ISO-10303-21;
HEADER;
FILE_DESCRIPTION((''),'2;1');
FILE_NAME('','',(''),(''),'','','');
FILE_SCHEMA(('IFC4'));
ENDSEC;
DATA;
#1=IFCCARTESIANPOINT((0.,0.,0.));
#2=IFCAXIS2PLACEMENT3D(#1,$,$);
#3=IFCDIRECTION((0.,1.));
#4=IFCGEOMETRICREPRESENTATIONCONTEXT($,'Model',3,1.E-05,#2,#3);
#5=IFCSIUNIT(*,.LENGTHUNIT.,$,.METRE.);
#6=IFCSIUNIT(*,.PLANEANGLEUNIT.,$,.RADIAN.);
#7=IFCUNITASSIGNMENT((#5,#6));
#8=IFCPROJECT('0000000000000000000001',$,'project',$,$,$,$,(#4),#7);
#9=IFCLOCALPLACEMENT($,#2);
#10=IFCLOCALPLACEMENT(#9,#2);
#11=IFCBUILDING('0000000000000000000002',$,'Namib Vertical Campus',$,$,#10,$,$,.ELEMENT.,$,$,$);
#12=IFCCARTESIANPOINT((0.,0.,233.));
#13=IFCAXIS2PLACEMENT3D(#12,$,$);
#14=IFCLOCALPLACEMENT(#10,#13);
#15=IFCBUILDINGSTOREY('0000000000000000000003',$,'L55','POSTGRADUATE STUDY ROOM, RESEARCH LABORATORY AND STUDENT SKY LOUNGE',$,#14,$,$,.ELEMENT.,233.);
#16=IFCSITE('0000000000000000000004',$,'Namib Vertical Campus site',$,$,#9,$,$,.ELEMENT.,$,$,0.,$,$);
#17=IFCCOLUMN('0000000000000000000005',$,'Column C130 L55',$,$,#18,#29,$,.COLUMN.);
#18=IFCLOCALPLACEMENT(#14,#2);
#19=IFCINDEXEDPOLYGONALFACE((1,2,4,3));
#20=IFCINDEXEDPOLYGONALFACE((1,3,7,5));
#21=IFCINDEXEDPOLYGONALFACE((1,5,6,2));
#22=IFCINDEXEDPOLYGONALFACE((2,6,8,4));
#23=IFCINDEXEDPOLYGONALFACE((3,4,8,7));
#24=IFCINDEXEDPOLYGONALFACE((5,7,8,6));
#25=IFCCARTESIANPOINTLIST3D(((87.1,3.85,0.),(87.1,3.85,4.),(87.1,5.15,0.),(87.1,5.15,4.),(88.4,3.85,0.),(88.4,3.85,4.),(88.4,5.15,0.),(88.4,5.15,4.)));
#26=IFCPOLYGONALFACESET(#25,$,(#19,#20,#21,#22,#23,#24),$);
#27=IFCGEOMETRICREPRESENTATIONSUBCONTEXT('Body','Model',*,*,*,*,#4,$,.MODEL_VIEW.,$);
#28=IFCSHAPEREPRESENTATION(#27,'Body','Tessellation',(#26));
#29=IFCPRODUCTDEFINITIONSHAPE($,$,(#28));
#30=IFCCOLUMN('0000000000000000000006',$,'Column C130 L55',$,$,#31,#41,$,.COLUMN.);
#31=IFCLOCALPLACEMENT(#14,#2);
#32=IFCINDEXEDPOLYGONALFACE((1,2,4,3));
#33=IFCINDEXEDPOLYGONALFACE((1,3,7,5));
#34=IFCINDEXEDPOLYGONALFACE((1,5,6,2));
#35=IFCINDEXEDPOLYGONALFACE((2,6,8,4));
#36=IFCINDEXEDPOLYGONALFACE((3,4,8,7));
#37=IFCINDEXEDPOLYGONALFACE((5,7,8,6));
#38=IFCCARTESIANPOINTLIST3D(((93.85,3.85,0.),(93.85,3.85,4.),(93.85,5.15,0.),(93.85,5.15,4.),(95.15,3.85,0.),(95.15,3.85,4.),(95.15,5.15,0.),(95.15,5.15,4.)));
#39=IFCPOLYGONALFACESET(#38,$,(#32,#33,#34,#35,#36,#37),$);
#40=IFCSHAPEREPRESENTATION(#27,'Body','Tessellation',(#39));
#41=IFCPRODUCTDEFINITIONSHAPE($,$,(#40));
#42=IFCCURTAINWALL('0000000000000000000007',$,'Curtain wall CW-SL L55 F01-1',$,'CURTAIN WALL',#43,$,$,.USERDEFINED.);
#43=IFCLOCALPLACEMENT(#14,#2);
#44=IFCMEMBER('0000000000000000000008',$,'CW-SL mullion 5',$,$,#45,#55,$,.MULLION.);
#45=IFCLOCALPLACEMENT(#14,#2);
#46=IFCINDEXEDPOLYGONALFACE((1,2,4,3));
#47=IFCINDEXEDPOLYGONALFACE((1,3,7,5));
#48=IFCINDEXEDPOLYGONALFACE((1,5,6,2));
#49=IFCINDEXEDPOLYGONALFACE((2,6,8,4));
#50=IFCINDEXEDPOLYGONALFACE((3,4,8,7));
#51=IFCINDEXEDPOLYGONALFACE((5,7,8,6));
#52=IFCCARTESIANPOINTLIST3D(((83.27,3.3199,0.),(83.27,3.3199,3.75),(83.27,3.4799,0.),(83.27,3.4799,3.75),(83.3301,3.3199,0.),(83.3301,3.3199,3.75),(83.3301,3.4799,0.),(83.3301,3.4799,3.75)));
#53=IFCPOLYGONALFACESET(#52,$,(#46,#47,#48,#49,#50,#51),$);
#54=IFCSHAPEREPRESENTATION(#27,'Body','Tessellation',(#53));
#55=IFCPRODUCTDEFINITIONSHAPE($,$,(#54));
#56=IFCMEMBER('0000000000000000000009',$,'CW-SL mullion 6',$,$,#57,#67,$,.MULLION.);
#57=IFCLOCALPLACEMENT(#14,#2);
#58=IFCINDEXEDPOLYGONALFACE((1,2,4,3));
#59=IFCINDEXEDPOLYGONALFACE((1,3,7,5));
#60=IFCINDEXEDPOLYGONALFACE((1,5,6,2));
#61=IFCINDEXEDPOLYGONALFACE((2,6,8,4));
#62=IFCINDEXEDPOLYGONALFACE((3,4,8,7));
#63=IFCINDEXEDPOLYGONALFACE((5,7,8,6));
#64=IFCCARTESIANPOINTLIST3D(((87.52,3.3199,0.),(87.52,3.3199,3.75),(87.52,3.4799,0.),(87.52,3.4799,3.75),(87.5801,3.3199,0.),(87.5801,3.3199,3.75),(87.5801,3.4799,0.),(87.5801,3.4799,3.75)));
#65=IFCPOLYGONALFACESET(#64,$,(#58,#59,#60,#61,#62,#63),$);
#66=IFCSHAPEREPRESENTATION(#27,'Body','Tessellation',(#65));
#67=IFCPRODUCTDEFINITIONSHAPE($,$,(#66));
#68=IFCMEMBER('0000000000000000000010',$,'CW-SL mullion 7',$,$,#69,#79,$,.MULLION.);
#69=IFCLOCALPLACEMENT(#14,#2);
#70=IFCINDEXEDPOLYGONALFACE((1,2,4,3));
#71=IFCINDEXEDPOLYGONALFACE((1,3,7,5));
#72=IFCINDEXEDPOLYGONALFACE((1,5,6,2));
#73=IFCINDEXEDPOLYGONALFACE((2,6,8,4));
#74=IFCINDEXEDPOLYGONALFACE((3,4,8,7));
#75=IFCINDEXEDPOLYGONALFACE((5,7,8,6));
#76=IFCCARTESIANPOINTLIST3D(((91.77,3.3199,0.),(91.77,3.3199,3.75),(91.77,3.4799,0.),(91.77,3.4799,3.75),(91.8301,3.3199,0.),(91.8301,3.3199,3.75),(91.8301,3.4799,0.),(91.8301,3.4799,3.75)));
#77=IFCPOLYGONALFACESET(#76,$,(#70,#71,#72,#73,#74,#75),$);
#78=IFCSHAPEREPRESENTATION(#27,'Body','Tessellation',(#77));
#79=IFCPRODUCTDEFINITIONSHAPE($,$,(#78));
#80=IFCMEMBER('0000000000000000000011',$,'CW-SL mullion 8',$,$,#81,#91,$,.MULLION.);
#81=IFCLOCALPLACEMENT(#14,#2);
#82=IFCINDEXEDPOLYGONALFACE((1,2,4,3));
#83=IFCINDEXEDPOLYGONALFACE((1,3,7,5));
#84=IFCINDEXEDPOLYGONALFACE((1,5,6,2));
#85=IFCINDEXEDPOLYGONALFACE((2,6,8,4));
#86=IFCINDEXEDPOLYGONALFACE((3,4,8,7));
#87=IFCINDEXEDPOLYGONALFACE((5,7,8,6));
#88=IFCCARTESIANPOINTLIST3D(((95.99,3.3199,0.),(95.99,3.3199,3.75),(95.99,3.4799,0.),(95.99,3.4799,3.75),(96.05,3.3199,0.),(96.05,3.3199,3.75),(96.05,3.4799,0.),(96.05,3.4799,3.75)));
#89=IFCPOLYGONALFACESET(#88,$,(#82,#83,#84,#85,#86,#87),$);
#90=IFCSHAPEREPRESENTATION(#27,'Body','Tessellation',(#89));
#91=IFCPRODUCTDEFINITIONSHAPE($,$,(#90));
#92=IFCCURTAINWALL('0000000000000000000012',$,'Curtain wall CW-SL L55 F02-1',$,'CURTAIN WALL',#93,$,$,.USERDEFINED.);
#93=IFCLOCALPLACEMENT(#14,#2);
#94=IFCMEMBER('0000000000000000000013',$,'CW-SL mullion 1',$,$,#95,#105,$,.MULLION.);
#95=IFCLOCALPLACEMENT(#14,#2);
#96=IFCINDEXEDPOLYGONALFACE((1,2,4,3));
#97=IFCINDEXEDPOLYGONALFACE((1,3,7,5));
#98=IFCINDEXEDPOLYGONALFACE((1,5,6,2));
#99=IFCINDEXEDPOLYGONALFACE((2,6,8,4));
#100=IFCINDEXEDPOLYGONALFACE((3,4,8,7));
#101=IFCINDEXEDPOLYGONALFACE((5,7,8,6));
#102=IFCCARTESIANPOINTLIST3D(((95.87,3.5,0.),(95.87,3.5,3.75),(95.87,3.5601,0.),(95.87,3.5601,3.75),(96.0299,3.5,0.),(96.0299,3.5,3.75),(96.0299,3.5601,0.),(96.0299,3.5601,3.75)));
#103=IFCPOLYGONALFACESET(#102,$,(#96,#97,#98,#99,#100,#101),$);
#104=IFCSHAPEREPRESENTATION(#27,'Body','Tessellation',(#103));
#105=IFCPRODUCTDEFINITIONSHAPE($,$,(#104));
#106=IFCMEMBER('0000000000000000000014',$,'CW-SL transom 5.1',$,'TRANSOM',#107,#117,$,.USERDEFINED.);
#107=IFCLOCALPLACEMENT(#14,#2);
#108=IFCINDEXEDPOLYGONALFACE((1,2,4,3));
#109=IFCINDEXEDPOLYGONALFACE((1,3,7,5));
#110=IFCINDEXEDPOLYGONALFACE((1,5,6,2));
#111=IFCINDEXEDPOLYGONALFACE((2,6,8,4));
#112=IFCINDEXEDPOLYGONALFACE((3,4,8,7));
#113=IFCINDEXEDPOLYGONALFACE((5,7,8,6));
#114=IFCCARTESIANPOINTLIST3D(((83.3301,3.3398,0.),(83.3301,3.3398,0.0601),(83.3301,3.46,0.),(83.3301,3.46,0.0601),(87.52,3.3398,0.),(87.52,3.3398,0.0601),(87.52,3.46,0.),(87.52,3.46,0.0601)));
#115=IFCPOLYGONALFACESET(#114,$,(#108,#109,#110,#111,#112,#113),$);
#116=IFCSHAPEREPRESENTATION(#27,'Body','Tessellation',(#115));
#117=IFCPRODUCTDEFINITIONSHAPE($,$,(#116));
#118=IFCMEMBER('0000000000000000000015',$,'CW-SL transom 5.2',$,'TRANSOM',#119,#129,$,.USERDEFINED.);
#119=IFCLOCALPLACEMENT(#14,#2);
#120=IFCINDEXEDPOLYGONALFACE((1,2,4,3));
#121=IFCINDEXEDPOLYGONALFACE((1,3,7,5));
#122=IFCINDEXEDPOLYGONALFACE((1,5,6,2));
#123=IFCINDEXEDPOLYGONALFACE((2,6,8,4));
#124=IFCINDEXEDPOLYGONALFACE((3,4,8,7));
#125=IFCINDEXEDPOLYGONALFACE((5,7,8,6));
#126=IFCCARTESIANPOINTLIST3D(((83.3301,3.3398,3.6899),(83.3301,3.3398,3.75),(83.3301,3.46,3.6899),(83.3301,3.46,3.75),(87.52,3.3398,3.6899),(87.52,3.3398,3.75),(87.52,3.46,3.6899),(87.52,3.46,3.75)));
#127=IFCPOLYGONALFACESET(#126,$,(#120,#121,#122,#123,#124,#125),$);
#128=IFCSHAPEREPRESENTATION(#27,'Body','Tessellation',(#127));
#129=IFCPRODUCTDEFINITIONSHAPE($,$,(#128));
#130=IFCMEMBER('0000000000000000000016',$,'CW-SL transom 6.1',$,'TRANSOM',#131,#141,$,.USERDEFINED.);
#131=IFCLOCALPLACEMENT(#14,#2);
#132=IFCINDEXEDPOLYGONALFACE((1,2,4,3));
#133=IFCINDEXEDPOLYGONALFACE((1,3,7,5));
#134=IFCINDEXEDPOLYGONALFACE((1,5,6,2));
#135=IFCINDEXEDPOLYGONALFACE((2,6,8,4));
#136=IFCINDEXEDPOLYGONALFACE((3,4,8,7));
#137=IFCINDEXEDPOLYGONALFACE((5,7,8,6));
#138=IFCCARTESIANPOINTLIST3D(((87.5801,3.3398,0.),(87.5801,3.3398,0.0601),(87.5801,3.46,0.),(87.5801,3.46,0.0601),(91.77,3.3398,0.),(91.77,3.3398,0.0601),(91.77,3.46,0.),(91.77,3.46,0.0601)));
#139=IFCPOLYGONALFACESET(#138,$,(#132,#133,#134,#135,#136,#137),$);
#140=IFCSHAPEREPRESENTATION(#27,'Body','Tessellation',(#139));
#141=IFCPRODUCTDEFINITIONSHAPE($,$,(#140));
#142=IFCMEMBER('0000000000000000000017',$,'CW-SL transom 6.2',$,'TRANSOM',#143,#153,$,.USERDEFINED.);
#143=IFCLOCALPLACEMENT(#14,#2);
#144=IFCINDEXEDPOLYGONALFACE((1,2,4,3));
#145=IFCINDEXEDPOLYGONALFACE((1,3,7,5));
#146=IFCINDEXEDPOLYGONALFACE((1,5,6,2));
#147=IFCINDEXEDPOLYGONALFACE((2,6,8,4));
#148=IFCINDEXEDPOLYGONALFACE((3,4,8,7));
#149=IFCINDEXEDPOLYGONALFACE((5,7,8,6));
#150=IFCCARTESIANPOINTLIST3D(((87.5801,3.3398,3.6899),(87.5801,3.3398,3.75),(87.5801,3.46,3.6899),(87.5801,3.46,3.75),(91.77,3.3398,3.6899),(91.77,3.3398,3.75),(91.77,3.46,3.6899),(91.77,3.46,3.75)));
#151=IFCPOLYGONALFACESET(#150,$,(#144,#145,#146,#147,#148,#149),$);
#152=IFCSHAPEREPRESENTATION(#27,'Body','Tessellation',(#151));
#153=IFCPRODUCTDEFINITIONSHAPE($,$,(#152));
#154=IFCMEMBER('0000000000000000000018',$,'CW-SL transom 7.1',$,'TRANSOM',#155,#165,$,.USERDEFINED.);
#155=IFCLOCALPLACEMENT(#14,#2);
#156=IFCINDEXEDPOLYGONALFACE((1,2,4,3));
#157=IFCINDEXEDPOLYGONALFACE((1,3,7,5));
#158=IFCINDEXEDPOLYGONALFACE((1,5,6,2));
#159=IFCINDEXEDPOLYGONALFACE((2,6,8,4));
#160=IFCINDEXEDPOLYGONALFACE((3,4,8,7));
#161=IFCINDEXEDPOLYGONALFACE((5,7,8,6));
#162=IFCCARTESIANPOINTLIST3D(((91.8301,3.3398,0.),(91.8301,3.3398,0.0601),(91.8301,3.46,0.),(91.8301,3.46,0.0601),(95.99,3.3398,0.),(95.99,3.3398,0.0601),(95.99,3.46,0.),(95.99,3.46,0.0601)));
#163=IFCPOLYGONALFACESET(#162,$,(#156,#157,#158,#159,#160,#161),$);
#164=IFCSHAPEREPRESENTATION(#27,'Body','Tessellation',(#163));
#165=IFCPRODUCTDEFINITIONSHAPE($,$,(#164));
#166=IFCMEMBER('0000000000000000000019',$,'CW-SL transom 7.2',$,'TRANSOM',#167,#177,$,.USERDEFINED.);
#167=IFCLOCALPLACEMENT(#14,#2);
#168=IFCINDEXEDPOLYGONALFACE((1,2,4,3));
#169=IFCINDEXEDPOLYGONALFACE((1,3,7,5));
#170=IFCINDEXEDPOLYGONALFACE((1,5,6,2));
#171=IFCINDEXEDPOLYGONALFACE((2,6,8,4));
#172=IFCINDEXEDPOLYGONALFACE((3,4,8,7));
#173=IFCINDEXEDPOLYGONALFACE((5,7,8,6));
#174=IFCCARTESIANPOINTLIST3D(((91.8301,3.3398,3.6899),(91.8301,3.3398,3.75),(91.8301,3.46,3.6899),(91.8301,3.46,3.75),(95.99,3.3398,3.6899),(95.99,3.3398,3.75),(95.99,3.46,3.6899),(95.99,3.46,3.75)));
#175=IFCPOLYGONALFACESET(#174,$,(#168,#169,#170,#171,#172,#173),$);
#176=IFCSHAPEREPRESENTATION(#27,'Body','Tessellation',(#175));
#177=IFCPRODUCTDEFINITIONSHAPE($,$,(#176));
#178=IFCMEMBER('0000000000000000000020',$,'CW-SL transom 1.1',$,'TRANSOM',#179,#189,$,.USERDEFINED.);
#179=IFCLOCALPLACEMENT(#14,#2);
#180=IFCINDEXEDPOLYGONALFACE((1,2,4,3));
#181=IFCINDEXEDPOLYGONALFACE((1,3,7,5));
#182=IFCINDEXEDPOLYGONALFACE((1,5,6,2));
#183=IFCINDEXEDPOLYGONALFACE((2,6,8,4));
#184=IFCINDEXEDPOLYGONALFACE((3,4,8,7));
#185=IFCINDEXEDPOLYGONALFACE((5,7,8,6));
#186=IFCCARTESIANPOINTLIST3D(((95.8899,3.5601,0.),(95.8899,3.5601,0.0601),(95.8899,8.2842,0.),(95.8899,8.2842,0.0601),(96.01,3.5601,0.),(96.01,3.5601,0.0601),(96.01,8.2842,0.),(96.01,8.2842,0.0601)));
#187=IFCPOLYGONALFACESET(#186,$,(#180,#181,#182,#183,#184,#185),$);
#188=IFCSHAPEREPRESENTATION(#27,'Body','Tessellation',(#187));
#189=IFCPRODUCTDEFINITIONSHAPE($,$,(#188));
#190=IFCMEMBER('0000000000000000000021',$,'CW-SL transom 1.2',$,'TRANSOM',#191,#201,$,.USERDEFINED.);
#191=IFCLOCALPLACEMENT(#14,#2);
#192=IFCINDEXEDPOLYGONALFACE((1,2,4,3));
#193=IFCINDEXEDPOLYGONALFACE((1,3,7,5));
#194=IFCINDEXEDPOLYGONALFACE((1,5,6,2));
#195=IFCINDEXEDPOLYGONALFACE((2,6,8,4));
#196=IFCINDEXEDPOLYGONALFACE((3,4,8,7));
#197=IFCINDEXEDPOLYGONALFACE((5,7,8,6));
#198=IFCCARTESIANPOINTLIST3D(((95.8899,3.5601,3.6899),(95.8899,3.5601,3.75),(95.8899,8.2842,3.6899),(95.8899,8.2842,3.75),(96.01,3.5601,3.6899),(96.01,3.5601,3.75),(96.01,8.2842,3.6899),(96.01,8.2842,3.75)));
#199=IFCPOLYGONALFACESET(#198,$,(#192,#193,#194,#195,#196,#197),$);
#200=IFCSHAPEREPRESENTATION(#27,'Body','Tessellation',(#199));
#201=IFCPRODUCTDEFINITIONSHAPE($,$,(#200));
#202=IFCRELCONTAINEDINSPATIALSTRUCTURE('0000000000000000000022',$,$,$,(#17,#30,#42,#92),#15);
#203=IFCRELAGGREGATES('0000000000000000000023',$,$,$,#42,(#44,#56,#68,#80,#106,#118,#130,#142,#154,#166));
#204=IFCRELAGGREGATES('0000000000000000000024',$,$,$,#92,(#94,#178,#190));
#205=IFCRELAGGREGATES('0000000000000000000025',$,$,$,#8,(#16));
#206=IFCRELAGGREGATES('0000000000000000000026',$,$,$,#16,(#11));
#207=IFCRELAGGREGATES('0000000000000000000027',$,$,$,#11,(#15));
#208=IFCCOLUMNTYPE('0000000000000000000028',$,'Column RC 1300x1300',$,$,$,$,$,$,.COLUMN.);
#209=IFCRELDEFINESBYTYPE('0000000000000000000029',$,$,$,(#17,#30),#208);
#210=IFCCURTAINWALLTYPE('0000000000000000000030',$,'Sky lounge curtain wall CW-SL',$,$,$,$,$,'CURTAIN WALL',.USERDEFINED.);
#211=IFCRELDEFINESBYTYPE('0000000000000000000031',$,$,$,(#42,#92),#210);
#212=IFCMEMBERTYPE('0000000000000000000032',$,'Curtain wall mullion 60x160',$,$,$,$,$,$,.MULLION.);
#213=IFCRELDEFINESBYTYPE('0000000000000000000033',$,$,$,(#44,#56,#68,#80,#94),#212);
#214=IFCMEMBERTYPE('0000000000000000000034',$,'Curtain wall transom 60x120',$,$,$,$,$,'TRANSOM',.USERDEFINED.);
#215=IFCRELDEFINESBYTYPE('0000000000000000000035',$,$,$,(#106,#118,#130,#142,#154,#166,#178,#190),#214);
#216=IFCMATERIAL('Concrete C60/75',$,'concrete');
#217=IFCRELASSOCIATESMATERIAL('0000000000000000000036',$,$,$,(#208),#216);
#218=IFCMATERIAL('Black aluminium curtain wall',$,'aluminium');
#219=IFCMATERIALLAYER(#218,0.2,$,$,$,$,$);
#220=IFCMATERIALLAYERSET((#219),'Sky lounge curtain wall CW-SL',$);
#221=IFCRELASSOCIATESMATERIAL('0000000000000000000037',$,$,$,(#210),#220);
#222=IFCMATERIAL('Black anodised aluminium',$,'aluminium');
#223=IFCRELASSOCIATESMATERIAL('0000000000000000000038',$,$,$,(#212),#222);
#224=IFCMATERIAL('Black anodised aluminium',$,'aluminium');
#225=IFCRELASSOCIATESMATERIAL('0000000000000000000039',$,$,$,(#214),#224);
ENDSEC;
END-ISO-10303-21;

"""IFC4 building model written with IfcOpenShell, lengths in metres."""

from ifc_helpers import new_model, si_unit, direction, frame, origin, origin_2d, place, context, subcontext, project, spatial, rectangle, extrude, material, layer, layer_set, material_profile, profile_set, type_object, element, aggregate, save


model = new_model("IFC4")

# Units and contexts
model_context = context("Model", 3, precision=1e-05, world=origin(), true_north=direction((0.0, 1.0)))
body_context = subcontext(model_context, "Body", "Model", "MODEL_VIEW")
ifc_project = project(units=[si_unit("LENGTHUNIT", "METRE"), si_unit("PLANEANGLEUNIT", "RADIAN")], contexts=[model_context])

# Site, building, storey
site_placement = place(None, origin())
site = spatial("IfcSite", under=ifc_project, at=site_placement, Name="Namib Vertical Campus site", CompositionType="ELEMENT", RefElevation=0.0)
building_placement = place(site_placement, origin())
building = spatial("IfcBuilding", under=site, at=building_placement, Name="Namib Vertical Campus", CompositionType="ELEMENT")
storey_placement = place(building_placement, frame((0.0, 0.0, 233.0)))
storey = spatial("IfcBuildingStorey", under=building, at=storey_placement, Name="L55", Description="POSTGRADUATE STUDY ROOM, RESEARCH LABORATORY AND STUDENT SKY LOUNGE", CompositionType="ELEMENT", Elevation=233.0)

# Columns
ifc_material_1 = material(Name="Concrete C60/75", Category="concrete")
ifc_material_profile_1 = material_profile(ifc_material_1, rectangle(XDim=1.3, YDim=1.3, at=origin_2d()))
ifc_profile_set_1 = profile_set([ifc_material_profile_1], Name="Concrete C60/75")
column_type = type_object("IfcColumnType", Name="Column RC 1300x1300", PredefinedType="COLUMN", material=ifc_profile_set_1)
for number, where, z_axis, x_axis, name in (
    (1, (87.75, 4.5, 0.0), (0.0, 0.0, 1.0), (1.0, 0.0, 0.0), "Column C130 L55"),
    (2, (94.5, 4.5, 0.0), (0.0, 0.0, 1.0), (1.0, 0.0, 0.0), "Column C130 L55"),
):
    element("IfcColumn", number, at=place(storey_placement, frame(where, z_axis=z_axis, x_axis=x_axis)), inside=storey, type_object=column_type, Name=name, PredefinedType="COLUMN", context=body_context, shape_type="SweptSolid", body=[
        extrude(rectangle(XDim=1.3, YDim=1.3, at=origin_2d()), origin(), (0.0, 0.0, 1.0), 4.0),
    ])

# Curtain wall, members
ifc_material_2 = material(Name="Black aluminium curtain wall", Category="aluminium")
ifc_layer_1 = layer(ifc_material_2, 0.2)
ifc_layer_set_1 = layer_set([ifc_layer_1], Name="Sky lounge curtain wall CW-SL")
curtain_wall_type = type_object("IfcCurtainWallType", Name="Sky lounge curtain wall CW-SL", ElementType="CURTAIN WALL", PredefinedType="USERDEFINED", material=ifc_layer_set_1)
curtain_wall_1_placement = place(storey_placement, origin())
curtain_wall_1 = element("IfcCurtainWall", 3, at=curtain_wall_1_placement, inside=storey, type_object=curtain_wall_type, Name="Curtain wall CW-SL L55 F01-1", ObjectType="CURTAIN WALL", PredefinedType="USERDEFINED")
ifc_material_3 = material(Name="Black anodised aluminium", Category="aluminium")
ifc_material_profile_2 = material_profile(ifc_material_3, rectangle(XDim=0.0601, YDim=0.1599, at=origin_2d()))
ifc_profile_set_2 = profile_set([ifc_material_profile_2], Name="Black anodised aluminium")
member_type_1 = type_object("IfcMemberType", Name="Curtain wall mullion 60x160", PredefinedType="MULLION", material=ifc_profile_set_2)
member_1_placement = place(storey_placement, frame((83.3, 3.3999, 0.0), z_axis=(0.0, 0.0, 1.0), x_axis=(1.0, 0.0, 0.0)))
member_1 = element("IfcMember", 4, at=member_1_placement, type_object=member_type_1, Name="CW-SL mullion 5", PredefinedType="MULLION", context=body_context, shape_type="SweptSolid", body=[
    extrude(rectangle(XDim=0.0601, YDim=0.1599, at=origin_2d()), origin(), (0.0, 0.0, 1.0), 3.75),
])
member_2_placement = place(storey_placement, frame((87.55, 3.3999, 0.0), z_axis=(0.0, 0.0, 1.0), x_axis=(1.0, 0.0, 0.0)))
member_2 = element("IfcMember", 5, at=member_2_placement, type_object=member_type_1, Name="CW-SL mullion 6", PredefinedType="MULLION", context=body_context, shape_type="SweptSolid", body=[
    extrude(rectangle(XDim=0.0601, YDim=0.1599, at=origin_2d()), origin(), (0.0, 0.0, 1.0), 3.75),
])
member_3_placement = place(storey_placement, frame((91.8, 3.3999, 0.0), z_axis=(0.0, 0.0, 1.0), x_axis=(1.0, 0.0, 0.0)))
member_3 = element("IfcMember", 6, at=member_3_placement, type_object=member_type_1, Name="CW-SL mullion 7", PredefinedType="MULLION", context=body_context, shape_type="SweptSolid", body=[
    extrude(rectangle(XDim=0.0601, YDim=0.1599, at=origin_2d()), origin(), (0.0, 0.0, 1.0), 3.75),
])
member_4_placement = place(storey_placement, frame((96.02, 3.3999, 0.0), z_axis=(0.0, 0.0, 1.0), x_axis=(1.0, 0.0, 0.0)))
member_4 = element("IfcMember", 7, at=member_4_placement, type_object=member_type_1, Name="CW-SL mullion 8", PredefinedType="MULLION", context=body_context, shape_type="SweptSolid", body=[
    extrude(rectangle(XDim=0.0601, YDim=0.1599, at=origin_2d()), origin(), (0.0, 0.0, 1.0), 3.75),
])

# Curtain wall, member
curtain_wall_2_placement = place(storey_placement, origin())
curtain_wall_2 = element("IfcCurtainWall", 8, at=curtain_wall_2_placement, inside=storey, type_object=curtain_wall_type, Name="Curtain wall CW-SL L55 F02-1", ObjectType="CURTAIN WALL", PredefinedType="USERDEFINED")
member_5_placement = place(storey_placement, frame((95.95, 3.53, 0.0), z_axis=(0.0, 0.0, 1.0), x_axis=(0.0, 1.0, 0.0)))
member_5 = element("IfcMember", 9, at=member_5_placement, type_object=member_type_1, Name="CW-SL mullion 1", PredefinedType="MULLION", context=body_context, shape_type="SweptSolid", body=[
    extrude(rectangle(XDim=0.0601, YDim=0.1599, at=origin_2d()), origin(), (0.0, 0.0, 1.0), 3.75),
])

# Members
ifc_material_4 = material(Name="Black anodised aluminium", Category="aluminium")
ifc_material_profile_3 = material_profile(ifc_material_4, rectangle(XDim=0.0601, YDim=0.1201, at=origin_2d()))
ifc_profile_set_3 = profile_set([ifc_material_profile_3], Name="Black anodised aluminium")
member_type_2 = type_object("IfcMemberType", Name="Curtain wall transom 60x120", ElementType="TRANSOM", PredefinedType="USERDEFINED", material=ifc_profile_set_3)
member_6_placement = place(storey_placement, frame((83.3301, 3.3999, 0.03), z_axis=(1.0, 0.0, 0.0), x_axis=(0.0, 0.0, 1.0)))
member_6 = element("IfcMember", 10, at=member_6_placement, type_object=member_type_2, Name="CW-SL transom 5.1", ObjectType="TRANSOM", PredefinedType="USERDEFINED", context=body_context, shape_type="SweptSolid", body=[
    extrude(rectangle(XDim=0.0601, YDim=0.1201, at=origin_2d()), origin(), (0.0, 0.0, 1.0), 4.1899),
])
member_7_placement = place(storey_placement, frame((83.3301, 3.3999, 3.72), z_axis=(1.0, 0.0, 0.0), x_axis=(0.0, 0.0, 1.0)))
member_7 = element("IfcMember", 11, at=member_7_placement, type_object=member_type_2, Name="CW-SL transom 5.2", ObjectType="TRANSOM", PredefinedType="USERDEFINED", context=body_context, shape_type="SweptSolid", body=[
    extrude(rectangle(XDim=0.0601, YDim=0.1201, at=origin_2d()), origin(), (0.0, 0.0, 1.0), 4.1899),
])
member_8_placement = place(storey_placement, frame((87.5801, 3.3999, 0.03), z_axis=(1.0, 0.0, 0.0), x_axis=(0.0, 0.0, 1.0)))
member_8 = element("IfcMember", 12, at=member_8_placement, type_object=member_type_2, Name="CW-SL transom 6.1", ObjectType="TRANSOM", PredefinedType="USERDEFINED", context=body_context, shape_type="SweptSolid", body=[
    extrude(rectangle(XDim=0.0601, YDim=0.1201, at=origin_2d()), origin(), (0.0, 0.0, 1.0), 4.1899),
])
member_9_placement = place(storey_placement, frame((87.5801, 3.3999, 3.72), z_axis=(1.0, 0.0, 0.0), x_axis=(0.0, 0.0, 1.0)))
member_9 = element("IfcMember", 13, at=member_9_placement, type_object=member_type_2, Name="CW-SL transom 6.2", ObjectType="TRANSOM", PredefinedType="USERDEFINED", context=body_context, shape_type="SweptSolid", body=[
    extrude(rectangle(XDim=0.0601, YDim=0.1201, at=origin_2d()), origin(), (0.0, 0.0, 1.0), 4.1899),
])
member_10_placement = place(storey_placement, frame((91.8301, 3.3999, 0.03), z_axis=(1.0, 0.0, 0.0), x_axis=(0.0, 0.0, 1.0)))
member_10 = element("IfcMember", 14, at=member_10_placement, type_object=member_type_2, Name="CW-SL transom 7.1", ObjectType="TRANSOM", PredefinedType="USERDEFINED", context=body_context, shape_type="SweptSolid", body=[
    extrude(rectangle(XDim=0.0601, YDim=0.1201, at=origin_2d()), origin(), (0.0, 0.0, 1.0), 4.1599),
])
member_11_placement = place(storey_placement, frame((91.8301, 3.3999, 3.72), z_axis=(1.0, 0.0, 0.0), x_axis=(0.0, 0.0, 1.0)))
member_11 = element("IfcMember", 15, at=member_11_placement, type_object=member_type_2, Name="CW-SL transom 7.2", ObjectType="TRANSOM", PredefinedType="USERDEFINED", context=body_context, shape_type="SweptSolid", body=[
    extrude(rectangle(XDim=0.0601, YDim=0.1201, at=origin_2d()), origin(), (0.0, 0.0, 1.0), 4.1599),
])
member_12_placement = place(storey_placement, frame((95.95, 3.5601, 0.03), z_axis=(0.0, 1.0, 0.0), x_axis=(0.0, 0.0, 1.0)))
member_12 = element("IfcMember", 16, at=member_12_placement, type_object=member_type_2, Name="CW-SL transom 1.1", ObjectType="TRANSOM", PredefinedType="USERDEFINED", context=body_context, shape_type="SweptSolid", body=[
    extrude(rectangle(XDim=0.0601, YDim=0.1201, at=origin_2d()), origin(), (0.0, 0.0, 1.0), 4.7241),
])
member_13_placement = place(storey_placement, frame((95.95, 3.5601, 3.72), z_axis=(0.0, 1.0, 0.0), x_axis=(0.0, 0.0, 1.0)))
member_13 = element("IfcMember", 17, at=member_13_placement, type_object=member_type_2, Name="CW-SL transom 1.2", ObjectType="TRANSOM", PredefinedType="USERDEFINED", context=body_context, shape_type="SweptSolid", body=[
    extrude(rectangle(XDim=0.0601, YDim=0.1201, at=origin_2d()), origin(), (0.0, 0.0, 1.0), 4.7241),
])

aggregate(curtain_wall_1, [member_1, member_2, member_3, member_4, member_6, member_7, member_8, member_9, member_10, member_11])
aggregate(curtain_wall_2, [member_5, member_12, member_13])

save(model, "model.ifc")
